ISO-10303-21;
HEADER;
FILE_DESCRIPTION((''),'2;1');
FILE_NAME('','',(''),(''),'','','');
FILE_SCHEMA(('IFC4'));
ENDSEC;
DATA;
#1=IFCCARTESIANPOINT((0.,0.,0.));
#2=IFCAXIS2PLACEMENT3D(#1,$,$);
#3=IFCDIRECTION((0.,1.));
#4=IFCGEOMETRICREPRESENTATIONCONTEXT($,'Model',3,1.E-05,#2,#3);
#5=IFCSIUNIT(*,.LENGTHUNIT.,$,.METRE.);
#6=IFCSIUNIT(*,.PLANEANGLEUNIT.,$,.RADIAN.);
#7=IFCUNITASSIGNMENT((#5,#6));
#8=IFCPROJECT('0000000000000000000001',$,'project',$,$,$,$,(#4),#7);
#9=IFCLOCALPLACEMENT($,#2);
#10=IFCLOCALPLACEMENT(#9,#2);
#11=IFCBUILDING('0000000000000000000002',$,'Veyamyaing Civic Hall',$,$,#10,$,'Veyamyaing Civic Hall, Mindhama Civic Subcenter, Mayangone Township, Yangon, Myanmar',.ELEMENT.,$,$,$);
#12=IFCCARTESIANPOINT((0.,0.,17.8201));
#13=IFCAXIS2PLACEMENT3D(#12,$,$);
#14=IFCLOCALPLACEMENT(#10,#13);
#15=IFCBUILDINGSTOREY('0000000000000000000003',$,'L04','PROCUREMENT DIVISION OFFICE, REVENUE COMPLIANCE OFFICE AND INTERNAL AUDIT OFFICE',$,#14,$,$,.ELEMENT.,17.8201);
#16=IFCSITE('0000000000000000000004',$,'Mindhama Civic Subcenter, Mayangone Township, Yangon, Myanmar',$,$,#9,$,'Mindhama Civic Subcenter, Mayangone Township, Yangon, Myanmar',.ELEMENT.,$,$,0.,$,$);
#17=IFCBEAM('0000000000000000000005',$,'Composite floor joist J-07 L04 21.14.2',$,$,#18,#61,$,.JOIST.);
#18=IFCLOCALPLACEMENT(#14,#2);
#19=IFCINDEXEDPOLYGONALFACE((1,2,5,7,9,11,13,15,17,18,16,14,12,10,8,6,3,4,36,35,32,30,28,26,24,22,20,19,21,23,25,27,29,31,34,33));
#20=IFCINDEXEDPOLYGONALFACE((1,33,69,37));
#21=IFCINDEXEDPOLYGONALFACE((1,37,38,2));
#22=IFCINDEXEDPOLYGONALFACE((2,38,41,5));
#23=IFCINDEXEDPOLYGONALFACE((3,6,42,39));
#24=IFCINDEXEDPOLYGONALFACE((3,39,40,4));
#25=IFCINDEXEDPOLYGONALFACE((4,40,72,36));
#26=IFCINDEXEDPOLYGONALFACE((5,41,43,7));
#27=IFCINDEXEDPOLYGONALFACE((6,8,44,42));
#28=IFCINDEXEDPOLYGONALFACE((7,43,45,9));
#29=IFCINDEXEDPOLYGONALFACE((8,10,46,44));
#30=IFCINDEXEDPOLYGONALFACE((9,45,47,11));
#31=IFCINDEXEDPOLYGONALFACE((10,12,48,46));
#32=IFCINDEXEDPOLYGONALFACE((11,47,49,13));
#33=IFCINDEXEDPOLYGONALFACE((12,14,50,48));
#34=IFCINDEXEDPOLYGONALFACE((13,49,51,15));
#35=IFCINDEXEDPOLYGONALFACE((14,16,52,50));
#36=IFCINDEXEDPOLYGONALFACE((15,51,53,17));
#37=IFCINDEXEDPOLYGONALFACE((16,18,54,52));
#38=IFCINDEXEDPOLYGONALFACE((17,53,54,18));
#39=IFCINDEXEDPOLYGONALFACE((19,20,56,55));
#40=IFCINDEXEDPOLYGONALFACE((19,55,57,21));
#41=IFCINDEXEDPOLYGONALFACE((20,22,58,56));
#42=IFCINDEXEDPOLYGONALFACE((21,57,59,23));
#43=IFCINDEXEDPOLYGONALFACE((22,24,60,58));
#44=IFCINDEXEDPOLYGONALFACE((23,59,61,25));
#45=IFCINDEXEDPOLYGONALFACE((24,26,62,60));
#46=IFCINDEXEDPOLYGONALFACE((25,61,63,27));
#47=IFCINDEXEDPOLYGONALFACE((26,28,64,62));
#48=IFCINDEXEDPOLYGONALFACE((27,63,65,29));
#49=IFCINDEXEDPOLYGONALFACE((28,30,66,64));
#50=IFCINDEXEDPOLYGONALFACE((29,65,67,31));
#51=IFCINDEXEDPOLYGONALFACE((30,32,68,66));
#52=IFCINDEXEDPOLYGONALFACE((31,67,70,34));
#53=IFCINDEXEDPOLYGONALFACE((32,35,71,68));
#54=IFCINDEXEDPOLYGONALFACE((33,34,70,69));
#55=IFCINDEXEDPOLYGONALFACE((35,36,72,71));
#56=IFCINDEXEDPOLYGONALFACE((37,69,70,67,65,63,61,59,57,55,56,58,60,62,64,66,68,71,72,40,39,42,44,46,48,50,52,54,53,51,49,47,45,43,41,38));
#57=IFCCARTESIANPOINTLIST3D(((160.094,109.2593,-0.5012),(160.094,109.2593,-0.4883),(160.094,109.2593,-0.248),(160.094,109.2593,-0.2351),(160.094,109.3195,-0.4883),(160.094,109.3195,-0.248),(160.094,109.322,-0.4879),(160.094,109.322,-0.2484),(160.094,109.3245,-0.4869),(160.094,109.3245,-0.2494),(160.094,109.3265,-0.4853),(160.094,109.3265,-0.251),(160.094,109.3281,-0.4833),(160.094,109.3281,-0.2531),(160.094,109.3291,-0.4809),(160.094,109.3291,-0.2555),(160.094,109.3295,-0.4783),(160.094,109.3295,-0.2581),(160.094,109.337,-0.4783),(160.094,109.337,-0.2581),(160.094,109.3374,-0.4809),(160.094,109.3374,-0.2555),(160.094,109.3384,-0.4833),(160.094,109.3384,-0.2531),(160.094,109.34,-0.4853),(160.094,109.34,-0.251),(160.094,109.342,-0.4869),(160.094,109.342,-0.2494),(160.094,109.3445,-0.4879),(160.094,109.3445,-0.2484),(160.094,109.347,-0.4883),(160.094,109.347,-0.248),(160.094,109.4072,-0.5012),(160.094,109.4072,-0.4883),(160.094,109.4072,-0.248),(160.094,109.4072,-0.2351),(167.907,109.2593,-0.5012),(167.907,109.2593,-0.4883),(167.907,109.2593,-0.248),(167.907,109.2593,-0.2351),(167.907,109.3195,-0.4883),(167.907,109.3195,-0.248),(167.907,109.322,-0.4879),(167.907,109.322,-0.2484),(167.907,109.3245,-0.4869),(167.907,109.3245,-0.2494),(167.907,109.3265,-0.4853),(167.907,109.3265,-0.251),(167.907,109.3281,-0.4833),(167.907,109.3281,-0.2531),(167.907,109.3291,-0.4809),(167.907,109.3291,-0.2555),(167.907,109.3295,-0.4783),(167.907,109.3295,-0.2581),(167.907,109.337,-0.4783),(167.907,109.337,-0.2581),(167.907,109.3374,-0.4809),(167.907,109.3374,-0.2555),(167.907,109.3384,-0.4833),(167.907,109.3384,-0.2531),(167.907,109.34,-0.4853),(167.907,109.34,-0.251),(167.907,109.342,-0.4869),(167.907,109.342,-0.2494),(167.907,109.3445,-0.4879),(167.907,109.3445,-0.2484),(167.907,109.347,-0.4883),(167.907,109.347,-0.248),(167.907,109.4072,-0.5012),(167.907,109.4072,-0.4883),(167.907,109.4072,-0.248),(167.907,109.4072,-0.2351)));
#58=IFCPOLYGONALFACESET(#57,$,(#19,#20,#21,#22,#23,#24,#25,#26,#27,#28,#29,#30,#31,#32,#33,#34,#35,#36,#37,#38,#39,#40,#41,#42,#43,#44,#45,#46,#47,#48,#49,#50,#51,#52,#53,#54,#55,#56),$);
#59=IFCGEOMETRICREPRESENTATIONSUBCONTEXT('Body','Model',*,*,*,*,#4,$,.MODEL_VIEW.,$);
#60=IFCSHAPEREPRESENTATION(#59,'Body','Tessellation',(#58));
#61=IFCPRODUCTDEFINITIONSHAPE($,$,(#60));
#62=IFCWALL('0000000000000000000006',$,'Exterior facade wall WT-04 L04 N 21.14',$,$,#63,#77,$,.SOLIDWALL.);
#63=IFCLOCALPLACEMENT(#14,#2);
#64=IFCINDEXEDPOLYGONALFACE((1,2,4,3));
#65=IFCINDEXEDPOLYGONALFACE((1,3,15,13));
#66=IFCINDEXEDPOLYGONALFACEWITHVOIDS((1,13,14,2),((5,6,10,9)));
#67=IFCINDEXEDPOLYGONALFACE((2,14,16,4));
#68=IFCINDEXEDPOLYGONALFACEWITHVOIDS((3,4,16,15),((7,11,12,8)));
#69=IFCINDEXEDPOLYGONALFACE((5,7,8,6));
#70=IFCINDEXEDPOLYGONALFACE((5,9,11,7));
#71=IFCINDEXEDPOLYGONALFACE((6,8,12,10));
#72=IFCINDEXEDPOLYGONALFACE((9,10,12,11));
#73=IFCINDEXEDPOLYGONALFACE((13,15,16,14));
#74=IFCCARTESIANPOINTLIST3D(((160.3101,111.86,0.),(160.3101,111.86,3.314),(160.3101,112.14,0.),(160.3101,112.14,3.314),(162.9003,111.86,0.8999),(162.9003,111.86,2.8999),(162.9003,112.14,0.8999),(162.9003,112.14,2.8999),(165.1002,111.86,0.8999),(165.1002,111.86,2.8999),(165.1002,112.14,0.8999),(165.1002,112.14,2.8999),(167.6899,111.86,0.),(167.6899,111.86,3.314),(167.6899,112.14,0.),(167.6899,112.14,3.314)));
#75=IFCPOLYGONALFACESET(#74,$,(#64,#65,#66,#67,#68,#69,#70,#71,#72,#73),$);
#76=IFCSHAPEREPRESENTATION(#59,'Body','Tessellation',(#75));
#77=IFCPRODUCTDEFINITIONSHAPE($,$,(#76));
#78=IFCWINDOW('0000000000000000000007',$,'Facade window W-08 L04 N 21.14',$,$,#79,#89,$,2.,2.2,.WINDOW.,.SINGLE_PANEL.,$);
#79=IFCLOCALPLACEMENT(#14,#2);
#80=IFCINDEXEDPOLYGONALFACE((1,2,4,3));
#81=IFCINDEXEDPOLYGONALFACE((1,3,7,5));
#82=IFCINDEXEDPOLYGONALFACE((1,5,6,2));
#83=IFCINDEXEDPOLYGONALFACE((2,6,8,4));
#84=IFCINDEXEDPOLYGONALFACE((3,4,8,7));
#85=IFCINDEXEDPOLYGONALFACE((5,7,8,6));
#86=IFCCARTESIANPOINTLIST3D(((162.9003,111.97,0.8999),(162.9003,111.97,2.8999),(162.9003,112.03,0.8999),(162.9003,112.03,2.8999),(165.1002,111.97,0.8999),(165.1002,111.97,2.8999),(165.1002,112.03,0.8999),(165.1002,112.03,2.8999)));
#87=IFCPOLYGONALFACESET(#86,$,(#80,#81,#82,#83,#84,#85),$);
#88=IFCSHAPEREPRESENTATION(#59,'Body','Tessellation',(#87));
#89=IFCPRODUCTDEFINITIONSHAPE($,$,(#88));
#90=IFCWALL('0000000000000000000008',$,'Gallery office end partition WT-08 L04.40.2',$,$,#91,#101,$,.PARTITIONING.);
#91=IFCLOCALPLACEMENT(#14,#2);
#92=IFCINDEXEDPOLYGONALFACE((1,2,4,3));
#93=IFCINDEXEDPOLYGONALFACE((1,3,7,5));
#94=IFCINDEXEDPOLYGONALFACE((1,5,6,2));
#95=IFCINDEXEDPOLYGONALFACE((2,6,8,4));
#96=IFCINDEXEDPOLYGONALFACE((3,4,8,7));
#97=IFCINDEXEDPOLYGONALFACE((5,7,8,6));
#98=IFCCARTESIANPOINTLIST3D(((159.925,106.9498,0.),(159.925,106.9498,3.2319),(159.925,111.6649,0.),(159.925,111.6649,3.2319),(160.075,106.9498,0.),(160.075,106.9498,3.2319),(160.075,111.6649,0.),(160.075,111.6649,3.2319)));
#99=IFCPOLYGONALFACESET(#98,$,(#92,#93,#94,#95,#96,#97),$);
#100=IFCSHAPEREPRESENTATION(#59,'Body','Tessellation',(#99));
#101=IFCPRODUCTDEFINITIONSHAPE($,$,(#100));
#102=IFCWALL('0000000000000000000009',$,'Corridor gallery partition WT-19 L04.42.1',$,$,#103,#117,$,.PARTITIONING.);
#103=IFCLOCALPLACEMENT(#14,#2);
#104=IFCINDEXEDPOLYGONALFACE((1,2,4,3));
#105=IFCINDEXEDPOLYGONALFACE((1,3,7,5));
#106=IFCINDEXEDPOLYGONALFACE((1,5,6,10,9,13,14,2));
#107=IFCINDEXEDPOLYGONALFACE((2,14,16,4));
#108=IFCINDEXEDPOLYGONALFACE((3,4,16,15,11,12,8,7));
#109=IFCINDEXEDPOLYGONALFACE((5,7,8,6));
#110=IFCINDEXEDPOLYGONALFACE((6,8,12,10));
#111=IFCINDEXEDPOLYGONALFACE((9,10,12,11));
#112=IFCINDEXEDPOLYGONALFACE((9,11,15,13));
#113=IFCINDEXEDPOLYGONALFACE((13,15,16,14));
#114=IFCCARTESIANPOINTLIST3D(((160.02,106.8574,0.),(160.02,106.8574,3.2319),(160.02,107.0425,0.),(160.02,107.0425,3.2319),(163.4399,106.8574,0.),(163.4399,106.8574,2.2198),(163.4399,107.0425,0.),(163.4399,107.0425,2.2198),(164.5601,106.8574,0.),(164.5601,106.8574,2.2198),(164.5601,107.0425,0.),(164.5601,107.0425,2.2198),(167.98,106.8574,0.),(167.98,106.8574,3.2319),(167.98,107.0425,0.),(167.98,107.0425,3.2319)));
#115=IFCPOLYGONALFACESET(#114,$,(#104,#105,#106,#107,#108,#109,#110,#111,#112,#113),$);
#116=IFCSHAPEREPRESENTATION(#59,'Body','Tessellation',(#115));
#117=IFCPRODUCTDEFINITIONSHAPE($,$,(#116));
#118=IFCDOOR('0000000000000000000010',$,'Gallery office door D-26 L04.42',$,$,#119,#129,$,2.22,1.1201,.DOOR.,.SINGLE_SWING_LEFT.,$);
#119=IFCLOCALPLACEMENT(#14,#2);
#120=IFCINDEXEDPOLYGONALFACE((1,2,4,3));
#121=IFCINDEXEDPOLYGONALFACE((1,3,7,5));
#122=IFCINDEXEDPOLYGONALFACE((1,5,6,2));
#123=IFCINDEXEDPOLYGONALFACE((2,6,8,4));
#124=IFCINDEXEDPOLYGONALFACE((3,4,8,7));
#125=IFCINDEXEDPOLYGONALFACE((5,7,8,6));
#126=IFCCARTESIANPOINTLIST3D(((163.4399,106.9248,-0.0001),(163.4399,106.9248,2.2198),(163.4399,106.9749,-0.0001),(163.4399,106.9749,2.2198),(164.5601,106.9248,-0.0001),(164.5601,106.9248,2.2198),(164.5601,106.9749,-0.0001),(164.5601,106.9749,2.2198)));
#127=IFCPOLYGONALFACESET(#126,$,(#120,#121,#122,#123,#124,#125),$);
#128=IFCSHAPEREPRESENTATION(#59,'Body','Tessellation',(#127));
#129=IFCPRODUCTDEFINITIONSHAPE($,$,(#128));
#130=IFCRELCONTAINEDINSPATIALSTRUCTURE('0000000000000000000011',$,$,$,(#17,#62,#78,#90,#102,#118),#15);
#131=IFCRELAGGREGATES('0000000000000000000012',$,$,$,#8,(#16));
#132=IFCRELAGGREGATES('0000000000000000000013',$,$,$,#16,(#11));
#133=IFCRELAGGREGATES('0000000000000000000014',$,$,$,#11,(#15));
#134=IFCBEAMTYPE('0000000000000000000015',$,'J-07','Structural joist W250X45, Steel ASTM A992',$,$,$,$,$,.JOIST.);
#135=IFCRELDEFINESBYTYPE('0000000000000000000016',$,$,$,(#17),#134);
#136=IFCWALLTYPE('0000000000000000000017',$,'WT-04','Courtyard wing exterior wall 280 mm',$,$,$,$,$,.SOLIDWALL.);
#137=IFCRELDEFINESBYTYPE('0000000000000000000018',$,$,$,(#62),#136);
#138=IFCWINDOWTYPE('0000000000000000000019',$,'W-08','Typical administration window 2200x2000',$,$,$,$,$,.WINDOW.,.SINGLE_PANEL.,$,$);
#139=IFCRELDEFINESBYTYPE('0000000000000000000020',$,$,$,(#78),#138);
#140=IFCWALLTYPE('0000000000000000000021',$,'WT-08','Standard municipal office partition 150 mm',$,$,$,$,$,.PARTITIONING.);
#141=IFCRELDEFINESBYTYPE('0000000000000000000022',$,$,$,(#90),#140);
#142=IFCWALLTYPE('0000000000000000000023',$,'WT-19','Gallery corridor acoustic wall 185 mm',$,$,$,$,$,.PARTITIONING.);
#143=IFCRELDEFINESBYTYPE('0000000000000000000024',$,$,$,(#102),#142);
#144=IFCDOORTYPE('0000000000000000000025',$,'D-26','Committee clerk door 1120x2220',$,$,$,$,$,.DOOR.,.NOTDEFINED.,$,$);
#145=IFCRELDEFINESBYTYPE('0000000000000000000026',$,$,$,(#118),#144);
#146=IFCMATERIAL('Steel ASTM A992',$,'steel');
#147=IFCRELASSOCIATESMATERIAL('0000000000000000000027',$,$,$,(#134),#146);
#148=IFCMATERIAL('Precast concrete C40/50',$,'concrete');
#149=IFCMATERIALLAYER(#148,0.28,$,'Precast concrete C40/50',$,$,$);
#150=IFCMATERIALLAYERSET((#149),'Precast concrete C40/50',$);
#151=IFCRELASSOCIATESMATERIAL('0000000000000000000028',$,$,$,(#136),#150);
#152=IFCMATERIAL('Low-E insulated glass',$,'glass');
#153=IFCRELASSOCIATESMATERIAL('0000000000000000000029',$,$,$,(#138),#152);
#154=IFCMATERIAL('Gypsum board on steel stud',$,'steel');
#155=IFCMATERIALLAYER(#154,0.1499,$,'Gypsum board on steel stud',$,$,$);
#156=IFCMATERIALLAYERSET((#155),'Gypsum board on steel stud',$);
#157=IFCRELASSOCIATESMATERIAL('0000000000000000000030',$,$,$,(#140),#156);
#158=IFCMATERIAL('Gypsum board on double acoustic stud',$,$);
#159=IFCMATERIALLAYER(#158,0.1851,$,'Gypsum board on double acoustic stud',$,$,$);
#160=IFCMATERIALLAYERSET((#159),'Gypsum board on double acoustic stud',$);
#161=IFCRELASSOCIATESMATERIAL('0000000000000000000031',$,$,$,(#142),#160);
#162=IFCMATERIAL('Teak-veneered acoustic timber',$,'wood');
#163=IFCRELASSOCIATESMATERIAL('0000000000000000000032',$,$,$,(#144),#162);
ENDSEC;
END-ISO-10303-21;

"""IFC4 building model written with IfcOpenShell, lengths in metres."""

from ifc_helpers import new_model, si_unit, direction, frame, frame_2d, origin, origin_2d, place, context, subcontext, project, spatial, rectangle, i_section, extrude, material, layer, layer_set, material_profile, profile_set, type_object, element, fill, save


model = new_model("IFC4")

# Units and contexts
model_context = context("Model", 3, precision=1e-05, world=origin(), true_north=direction((0.0, 1.0)))
body_context = subcontext(model_context, "Body", "Model", "MODEL_VIEW")
ifc_project = project(units=[si_unit("LENGTHUNIT", "METRE"), si_unit("PLANEANGLEUNIT", "RADIAN")], contexts=[model_context])

# Site, building, storey
site_placement = place(None, origin())
site = spatial("IfcSite", under=ifc_project, at=site_placement, Name="Mindhama Civic Subcenter, Mayangone Township, Yangon, Myanmar", LongName="Mindhama Civic Subcenter, Mayangone Township, Yangon, Myanmar", CompositionType="ELEMENT", RefElevation=0.0)
building_placement = place(site_placement, origin())
building = spatial("IfcBuilding", under=site, at=building_placement, Name="Veyamyaing Civic Hall", LongName="Veyamyaing Civic Hall, Mindhama Civic Subcenter, Mayangone Township, Yangon, Myanmar", CompositionType="ELEMENT")
storey_placement = place(building_placement, frame((0.0, 0.0, 17.8201)))
storey = spatial("IfcBuildingStorey", under=building, at=storey_placement, Name="L04", Description="PROCUREMENT DIVISION OFFICE, REVENUE COMPLIANCE OFFICE AND INTERNAL AUDIT OFFICE", CompositionType="ELEMENT", Elevation=17.8201)

# Beam
ifc_material_1 = material(Name="Steel ASTM A992", Category="steel")
ifc_material_profile_1 = material_profile(ifc_material_1, i_section(OverallWidth=0.1479, OverallDepth=0.2661, WebThickness=0.0076, FlangeThickness=0.0129, FilletRadius=0.01, at=origin_2d()), Name="W250X45")
ifc_profile_set_1 = profile_set([ifc_material_profile_1], Name="Steel ASTM A992")
beam_type_1 = type_object("IfcBeamType", Name="J-07", Description="Structural joist W250X45, Steel ASTM A992", PredefinedType="JOIST", material=ifc_profile_set_1)
for number, where, z_axis, x_axis, name in (
    (1, (160.094, 109.3333, -0.3682), (1.0, 0.0, 0.0), (0.0, 1.0, 0.0), "Composite floor joist J-07 L04 21.14.2"),
):
    element("IfcBeam", number, at=place(storey_placement, frame(where, z_axis=z_axis, x_axis=x_axis)), inside=storey, type_object=beam_type_1, Name=name, PredefinedType="JOIST", context=body_context, shape_type="SweptSolid", body=[
        extrude(i_section(OverallWidth=0.1479, OverallDepth=0.2661, WebThickness=0.0076, FlangeThickness=0.0129, FilletRadius=0.01, at=origin_2d()), origin(), (0.0, 0.0, 1.0), 7.813),
    ])

# Wall, opening, window
ifc_material_2 = material(Name="Precast concrete C40/50", Category="concrete")
ifc_layer_1 = layer(ifc_material_2, 0.28, Name="Precast concrete C40/50")
ifc_layer_set_1 = layer_set([ifc_layer_1], Name="Precast concrete C40/50")
wall_type_1 = type_object("IfcWallType", Name="WT-04", Description="Courtyard wing exterior wall 280 mm", PredefinedType="SOLIDWALL", material=ifc_layer_set_1)
wall_1_placement = place(storey_placement, frame((160.3101, 112.0, 0.0), z_axis=(0.0, 0.0, 1.0), x_axis=(1.0, 0.0, 0.0)))
wall_1 = element("IfcWall", 2, at=wall_1_placement, inside=storey, type_object=wall_type_1, Name="Exterior facade wall WT-04 L04 N 21.14", PredefinedType="SOLIDWALL", context=body_context, shape_type="SweptSolid", body=[
    extrude(rectangle(XDim=7.3799, YDim=0.28, at=frame_2d((3.6899, 0.0))), origin(), (0.0, 0.0, 1.0), 3.314),
])
opening_1_placement = place(wall_1_placement, frame((2.5901, 0.0, 0.8999)))
opening_1 = element("IfcOpeningElement", 3, at=opening_1_placement, cuts=wall_1, PredefinedType="OPENING", context=body_context, shape_type="SweptSolid", body=[
    extrude(rectangle(XDim=2.2, YDim=2.0, at=frame_2d((1.1001, 1.0))), frame((0.0, 0.1499, 0.0), z_axis=(0.0, -1.0, 0.0), x_axis=(1.0, 0.0, 0.0)), (0.0, 0.0, 1.0), 0.3),
])
ifc_material_3 = material(Name="Low-E insulated glass", Category="glass")
window_type = type_object("IfcWindowType", Name="W-08", Description="Typical administration window 2200x2000", PartitioningType="SINGLE_PANEL", PredefinedType="WINDOW", material=ifc_material_3)
window_placement = place(opening_1_placement, origin())
window = element("IfcWindow", 4, at=window_placement, inside=storey, type_object=window_type, Name="Facade window W-08 L04 N 21.14", OverallHeight=2.0, OverallWidth=2.2, PartitioningType="SINGLE_PANEL", PredefinedType="WINDOW", context=body_context, shape_type="SweptSolid", body=[
    extrude(rectangle(XDim=2.2, YDim=2.0, at=frame_2d((1.1001, 1.0))), frame((0.0, 0.03, 0.0), z_axis=(0.0, -1.0, 0.0), x_axis=(1.0, 0.0, 0.0)), (0.0, 0.0, 1.0), 0.0601),
])
fill(opening_1, window)

# Wall
ifc_material_4 = material(Name="Gypsum board on steel stud", Category="steel")
ifc_layer_2 = layer(ifc_material_4, 0.1499, Name="Gypsum board on steel stud")
ifc_layer_set_2 = layer_set([ifc_layer_2], Name="Gypsum board on steel stud")
wall_type_2 = type_object("IfcWallType", Name="WT-08", Description="Standard municipal office partition 150 mm", PredefinedType="PARTITIONING", material=ifc_layer_set_2)
wall_2_placement = place(storey_placement, frame((160.0, 106.95, 0.0), z_axis=(0.0, 0.0, 1.0), x_axis=(0.0, 1.0, 0.0)))
element("IfcWall", 5, at=wall_2_placement, inside=storey, type_object=wall_type_2, Name="Gallery office end partition WT-08 L04.40.2", PredefinedType="PARTITIONING", context=body_context, shape_type="SweptSolid", body=[
    extrude(rectangle(XDim=4.7151, YDim=0.1499, at=frame_2d((2.3574, 0.0))), origin(), (0.0, 0.0, 1.0), 3.2319),
])

# Wall, opening, door
ifc_material_5 = material(Name="Gypsum board on double acoustic stud")
ifc_layer_3 = layer(ifc_material_5, 0.1851, Name="Gypsum board on double acoustic stud")
ifc_layer_set_3 = layer_set([ifc_layer_3], Name="Gypsum board on double acoustic stud")
wall_type_3 = type_object("IfcWallType", Name="WT-19", Description="Gallery corridor acoustic wall 185 mm", PredefinedType="PARTITIONING", material=ifc_layer_set_3)
wall_3_placement = place(storey_placement, frame((160.02, 106.95, 0.0), z_axis=(0.0, 0.0, 1.0), x_axis=(1.0, 0.0, 0.0)))
wall_3 = element("IfcWall", 6, at=wall_3_placement, inside=storey, type_object=wall_type_3, Name="Corridor gallery partition WT-19 L04.42.1", PredefinedType="PARTITIONING", context=body_context, shape_type="SweptSolid", body=[
    extrude(rectangle(XDim=7.96, YDim=0.1851, at=frame_2d((3.98, 0.0))), origin(), (0.0, 0.0, 1.0), 3.2319),
])
opening_2_placement = place(wall_3_placement, frame((3.4199, 0.0, 0.0)))
opening_2 = element("IfcOpeningElement", 7, at=opening_2_placement, cuts=wall_3, PredefinedType="OPENING", context=body_context, shape_type="SweptSolid", body=[
    extrude(rectangle(XDim=1.1201, YDim=2.22, at=frame_2d((0.5601, 1.1099))), frame((0.0, 0.1025, 0.0), z_axis=(0.0, -1.0, 0.0), x_axis=(1.0, 0.0, 0.0)), (0.0, 0.0, 1.0), 0.2051),
])
ifc_material_6 = material(Name="Teak-veneered acoustic timber", Category="wood")
door_type_1 = type_object("IfcDoorType", Name="D-26", Description="Committee clerk door 1120x2220", OperationType="NOTDEFINED", PredefinedType="DOOR", material=ifc_material_6)
door_1_placement = place(opening_2_placement, origin())
door_1 = element("IfcDoor", 8, at=door_1_placement, inside=storey, type_object=door_type_1, Name="Gallery office door D-26 L04.42", OperationType="SINGLE_SWING_LEFT", OverallHeight=2.22, OverallWidth=1.1201, PredefinedType="DOOR", context=body_context, shape_type="SweptSolid", body=[
    extrude(rectangle(XDim=1.1201, YDim=2.22, at=frame_2d((0.5601, 1.1099))), frame((0.0, 0.0249, 0.0), z_axis=(0.0, -1.0, 0.0), x_axis=(1.0, 0.0, 0.0)), (0.0, 0.0, 1.0), 0.05),
])
fill(opening_2, door_1)

save(model, "model.ifc")
